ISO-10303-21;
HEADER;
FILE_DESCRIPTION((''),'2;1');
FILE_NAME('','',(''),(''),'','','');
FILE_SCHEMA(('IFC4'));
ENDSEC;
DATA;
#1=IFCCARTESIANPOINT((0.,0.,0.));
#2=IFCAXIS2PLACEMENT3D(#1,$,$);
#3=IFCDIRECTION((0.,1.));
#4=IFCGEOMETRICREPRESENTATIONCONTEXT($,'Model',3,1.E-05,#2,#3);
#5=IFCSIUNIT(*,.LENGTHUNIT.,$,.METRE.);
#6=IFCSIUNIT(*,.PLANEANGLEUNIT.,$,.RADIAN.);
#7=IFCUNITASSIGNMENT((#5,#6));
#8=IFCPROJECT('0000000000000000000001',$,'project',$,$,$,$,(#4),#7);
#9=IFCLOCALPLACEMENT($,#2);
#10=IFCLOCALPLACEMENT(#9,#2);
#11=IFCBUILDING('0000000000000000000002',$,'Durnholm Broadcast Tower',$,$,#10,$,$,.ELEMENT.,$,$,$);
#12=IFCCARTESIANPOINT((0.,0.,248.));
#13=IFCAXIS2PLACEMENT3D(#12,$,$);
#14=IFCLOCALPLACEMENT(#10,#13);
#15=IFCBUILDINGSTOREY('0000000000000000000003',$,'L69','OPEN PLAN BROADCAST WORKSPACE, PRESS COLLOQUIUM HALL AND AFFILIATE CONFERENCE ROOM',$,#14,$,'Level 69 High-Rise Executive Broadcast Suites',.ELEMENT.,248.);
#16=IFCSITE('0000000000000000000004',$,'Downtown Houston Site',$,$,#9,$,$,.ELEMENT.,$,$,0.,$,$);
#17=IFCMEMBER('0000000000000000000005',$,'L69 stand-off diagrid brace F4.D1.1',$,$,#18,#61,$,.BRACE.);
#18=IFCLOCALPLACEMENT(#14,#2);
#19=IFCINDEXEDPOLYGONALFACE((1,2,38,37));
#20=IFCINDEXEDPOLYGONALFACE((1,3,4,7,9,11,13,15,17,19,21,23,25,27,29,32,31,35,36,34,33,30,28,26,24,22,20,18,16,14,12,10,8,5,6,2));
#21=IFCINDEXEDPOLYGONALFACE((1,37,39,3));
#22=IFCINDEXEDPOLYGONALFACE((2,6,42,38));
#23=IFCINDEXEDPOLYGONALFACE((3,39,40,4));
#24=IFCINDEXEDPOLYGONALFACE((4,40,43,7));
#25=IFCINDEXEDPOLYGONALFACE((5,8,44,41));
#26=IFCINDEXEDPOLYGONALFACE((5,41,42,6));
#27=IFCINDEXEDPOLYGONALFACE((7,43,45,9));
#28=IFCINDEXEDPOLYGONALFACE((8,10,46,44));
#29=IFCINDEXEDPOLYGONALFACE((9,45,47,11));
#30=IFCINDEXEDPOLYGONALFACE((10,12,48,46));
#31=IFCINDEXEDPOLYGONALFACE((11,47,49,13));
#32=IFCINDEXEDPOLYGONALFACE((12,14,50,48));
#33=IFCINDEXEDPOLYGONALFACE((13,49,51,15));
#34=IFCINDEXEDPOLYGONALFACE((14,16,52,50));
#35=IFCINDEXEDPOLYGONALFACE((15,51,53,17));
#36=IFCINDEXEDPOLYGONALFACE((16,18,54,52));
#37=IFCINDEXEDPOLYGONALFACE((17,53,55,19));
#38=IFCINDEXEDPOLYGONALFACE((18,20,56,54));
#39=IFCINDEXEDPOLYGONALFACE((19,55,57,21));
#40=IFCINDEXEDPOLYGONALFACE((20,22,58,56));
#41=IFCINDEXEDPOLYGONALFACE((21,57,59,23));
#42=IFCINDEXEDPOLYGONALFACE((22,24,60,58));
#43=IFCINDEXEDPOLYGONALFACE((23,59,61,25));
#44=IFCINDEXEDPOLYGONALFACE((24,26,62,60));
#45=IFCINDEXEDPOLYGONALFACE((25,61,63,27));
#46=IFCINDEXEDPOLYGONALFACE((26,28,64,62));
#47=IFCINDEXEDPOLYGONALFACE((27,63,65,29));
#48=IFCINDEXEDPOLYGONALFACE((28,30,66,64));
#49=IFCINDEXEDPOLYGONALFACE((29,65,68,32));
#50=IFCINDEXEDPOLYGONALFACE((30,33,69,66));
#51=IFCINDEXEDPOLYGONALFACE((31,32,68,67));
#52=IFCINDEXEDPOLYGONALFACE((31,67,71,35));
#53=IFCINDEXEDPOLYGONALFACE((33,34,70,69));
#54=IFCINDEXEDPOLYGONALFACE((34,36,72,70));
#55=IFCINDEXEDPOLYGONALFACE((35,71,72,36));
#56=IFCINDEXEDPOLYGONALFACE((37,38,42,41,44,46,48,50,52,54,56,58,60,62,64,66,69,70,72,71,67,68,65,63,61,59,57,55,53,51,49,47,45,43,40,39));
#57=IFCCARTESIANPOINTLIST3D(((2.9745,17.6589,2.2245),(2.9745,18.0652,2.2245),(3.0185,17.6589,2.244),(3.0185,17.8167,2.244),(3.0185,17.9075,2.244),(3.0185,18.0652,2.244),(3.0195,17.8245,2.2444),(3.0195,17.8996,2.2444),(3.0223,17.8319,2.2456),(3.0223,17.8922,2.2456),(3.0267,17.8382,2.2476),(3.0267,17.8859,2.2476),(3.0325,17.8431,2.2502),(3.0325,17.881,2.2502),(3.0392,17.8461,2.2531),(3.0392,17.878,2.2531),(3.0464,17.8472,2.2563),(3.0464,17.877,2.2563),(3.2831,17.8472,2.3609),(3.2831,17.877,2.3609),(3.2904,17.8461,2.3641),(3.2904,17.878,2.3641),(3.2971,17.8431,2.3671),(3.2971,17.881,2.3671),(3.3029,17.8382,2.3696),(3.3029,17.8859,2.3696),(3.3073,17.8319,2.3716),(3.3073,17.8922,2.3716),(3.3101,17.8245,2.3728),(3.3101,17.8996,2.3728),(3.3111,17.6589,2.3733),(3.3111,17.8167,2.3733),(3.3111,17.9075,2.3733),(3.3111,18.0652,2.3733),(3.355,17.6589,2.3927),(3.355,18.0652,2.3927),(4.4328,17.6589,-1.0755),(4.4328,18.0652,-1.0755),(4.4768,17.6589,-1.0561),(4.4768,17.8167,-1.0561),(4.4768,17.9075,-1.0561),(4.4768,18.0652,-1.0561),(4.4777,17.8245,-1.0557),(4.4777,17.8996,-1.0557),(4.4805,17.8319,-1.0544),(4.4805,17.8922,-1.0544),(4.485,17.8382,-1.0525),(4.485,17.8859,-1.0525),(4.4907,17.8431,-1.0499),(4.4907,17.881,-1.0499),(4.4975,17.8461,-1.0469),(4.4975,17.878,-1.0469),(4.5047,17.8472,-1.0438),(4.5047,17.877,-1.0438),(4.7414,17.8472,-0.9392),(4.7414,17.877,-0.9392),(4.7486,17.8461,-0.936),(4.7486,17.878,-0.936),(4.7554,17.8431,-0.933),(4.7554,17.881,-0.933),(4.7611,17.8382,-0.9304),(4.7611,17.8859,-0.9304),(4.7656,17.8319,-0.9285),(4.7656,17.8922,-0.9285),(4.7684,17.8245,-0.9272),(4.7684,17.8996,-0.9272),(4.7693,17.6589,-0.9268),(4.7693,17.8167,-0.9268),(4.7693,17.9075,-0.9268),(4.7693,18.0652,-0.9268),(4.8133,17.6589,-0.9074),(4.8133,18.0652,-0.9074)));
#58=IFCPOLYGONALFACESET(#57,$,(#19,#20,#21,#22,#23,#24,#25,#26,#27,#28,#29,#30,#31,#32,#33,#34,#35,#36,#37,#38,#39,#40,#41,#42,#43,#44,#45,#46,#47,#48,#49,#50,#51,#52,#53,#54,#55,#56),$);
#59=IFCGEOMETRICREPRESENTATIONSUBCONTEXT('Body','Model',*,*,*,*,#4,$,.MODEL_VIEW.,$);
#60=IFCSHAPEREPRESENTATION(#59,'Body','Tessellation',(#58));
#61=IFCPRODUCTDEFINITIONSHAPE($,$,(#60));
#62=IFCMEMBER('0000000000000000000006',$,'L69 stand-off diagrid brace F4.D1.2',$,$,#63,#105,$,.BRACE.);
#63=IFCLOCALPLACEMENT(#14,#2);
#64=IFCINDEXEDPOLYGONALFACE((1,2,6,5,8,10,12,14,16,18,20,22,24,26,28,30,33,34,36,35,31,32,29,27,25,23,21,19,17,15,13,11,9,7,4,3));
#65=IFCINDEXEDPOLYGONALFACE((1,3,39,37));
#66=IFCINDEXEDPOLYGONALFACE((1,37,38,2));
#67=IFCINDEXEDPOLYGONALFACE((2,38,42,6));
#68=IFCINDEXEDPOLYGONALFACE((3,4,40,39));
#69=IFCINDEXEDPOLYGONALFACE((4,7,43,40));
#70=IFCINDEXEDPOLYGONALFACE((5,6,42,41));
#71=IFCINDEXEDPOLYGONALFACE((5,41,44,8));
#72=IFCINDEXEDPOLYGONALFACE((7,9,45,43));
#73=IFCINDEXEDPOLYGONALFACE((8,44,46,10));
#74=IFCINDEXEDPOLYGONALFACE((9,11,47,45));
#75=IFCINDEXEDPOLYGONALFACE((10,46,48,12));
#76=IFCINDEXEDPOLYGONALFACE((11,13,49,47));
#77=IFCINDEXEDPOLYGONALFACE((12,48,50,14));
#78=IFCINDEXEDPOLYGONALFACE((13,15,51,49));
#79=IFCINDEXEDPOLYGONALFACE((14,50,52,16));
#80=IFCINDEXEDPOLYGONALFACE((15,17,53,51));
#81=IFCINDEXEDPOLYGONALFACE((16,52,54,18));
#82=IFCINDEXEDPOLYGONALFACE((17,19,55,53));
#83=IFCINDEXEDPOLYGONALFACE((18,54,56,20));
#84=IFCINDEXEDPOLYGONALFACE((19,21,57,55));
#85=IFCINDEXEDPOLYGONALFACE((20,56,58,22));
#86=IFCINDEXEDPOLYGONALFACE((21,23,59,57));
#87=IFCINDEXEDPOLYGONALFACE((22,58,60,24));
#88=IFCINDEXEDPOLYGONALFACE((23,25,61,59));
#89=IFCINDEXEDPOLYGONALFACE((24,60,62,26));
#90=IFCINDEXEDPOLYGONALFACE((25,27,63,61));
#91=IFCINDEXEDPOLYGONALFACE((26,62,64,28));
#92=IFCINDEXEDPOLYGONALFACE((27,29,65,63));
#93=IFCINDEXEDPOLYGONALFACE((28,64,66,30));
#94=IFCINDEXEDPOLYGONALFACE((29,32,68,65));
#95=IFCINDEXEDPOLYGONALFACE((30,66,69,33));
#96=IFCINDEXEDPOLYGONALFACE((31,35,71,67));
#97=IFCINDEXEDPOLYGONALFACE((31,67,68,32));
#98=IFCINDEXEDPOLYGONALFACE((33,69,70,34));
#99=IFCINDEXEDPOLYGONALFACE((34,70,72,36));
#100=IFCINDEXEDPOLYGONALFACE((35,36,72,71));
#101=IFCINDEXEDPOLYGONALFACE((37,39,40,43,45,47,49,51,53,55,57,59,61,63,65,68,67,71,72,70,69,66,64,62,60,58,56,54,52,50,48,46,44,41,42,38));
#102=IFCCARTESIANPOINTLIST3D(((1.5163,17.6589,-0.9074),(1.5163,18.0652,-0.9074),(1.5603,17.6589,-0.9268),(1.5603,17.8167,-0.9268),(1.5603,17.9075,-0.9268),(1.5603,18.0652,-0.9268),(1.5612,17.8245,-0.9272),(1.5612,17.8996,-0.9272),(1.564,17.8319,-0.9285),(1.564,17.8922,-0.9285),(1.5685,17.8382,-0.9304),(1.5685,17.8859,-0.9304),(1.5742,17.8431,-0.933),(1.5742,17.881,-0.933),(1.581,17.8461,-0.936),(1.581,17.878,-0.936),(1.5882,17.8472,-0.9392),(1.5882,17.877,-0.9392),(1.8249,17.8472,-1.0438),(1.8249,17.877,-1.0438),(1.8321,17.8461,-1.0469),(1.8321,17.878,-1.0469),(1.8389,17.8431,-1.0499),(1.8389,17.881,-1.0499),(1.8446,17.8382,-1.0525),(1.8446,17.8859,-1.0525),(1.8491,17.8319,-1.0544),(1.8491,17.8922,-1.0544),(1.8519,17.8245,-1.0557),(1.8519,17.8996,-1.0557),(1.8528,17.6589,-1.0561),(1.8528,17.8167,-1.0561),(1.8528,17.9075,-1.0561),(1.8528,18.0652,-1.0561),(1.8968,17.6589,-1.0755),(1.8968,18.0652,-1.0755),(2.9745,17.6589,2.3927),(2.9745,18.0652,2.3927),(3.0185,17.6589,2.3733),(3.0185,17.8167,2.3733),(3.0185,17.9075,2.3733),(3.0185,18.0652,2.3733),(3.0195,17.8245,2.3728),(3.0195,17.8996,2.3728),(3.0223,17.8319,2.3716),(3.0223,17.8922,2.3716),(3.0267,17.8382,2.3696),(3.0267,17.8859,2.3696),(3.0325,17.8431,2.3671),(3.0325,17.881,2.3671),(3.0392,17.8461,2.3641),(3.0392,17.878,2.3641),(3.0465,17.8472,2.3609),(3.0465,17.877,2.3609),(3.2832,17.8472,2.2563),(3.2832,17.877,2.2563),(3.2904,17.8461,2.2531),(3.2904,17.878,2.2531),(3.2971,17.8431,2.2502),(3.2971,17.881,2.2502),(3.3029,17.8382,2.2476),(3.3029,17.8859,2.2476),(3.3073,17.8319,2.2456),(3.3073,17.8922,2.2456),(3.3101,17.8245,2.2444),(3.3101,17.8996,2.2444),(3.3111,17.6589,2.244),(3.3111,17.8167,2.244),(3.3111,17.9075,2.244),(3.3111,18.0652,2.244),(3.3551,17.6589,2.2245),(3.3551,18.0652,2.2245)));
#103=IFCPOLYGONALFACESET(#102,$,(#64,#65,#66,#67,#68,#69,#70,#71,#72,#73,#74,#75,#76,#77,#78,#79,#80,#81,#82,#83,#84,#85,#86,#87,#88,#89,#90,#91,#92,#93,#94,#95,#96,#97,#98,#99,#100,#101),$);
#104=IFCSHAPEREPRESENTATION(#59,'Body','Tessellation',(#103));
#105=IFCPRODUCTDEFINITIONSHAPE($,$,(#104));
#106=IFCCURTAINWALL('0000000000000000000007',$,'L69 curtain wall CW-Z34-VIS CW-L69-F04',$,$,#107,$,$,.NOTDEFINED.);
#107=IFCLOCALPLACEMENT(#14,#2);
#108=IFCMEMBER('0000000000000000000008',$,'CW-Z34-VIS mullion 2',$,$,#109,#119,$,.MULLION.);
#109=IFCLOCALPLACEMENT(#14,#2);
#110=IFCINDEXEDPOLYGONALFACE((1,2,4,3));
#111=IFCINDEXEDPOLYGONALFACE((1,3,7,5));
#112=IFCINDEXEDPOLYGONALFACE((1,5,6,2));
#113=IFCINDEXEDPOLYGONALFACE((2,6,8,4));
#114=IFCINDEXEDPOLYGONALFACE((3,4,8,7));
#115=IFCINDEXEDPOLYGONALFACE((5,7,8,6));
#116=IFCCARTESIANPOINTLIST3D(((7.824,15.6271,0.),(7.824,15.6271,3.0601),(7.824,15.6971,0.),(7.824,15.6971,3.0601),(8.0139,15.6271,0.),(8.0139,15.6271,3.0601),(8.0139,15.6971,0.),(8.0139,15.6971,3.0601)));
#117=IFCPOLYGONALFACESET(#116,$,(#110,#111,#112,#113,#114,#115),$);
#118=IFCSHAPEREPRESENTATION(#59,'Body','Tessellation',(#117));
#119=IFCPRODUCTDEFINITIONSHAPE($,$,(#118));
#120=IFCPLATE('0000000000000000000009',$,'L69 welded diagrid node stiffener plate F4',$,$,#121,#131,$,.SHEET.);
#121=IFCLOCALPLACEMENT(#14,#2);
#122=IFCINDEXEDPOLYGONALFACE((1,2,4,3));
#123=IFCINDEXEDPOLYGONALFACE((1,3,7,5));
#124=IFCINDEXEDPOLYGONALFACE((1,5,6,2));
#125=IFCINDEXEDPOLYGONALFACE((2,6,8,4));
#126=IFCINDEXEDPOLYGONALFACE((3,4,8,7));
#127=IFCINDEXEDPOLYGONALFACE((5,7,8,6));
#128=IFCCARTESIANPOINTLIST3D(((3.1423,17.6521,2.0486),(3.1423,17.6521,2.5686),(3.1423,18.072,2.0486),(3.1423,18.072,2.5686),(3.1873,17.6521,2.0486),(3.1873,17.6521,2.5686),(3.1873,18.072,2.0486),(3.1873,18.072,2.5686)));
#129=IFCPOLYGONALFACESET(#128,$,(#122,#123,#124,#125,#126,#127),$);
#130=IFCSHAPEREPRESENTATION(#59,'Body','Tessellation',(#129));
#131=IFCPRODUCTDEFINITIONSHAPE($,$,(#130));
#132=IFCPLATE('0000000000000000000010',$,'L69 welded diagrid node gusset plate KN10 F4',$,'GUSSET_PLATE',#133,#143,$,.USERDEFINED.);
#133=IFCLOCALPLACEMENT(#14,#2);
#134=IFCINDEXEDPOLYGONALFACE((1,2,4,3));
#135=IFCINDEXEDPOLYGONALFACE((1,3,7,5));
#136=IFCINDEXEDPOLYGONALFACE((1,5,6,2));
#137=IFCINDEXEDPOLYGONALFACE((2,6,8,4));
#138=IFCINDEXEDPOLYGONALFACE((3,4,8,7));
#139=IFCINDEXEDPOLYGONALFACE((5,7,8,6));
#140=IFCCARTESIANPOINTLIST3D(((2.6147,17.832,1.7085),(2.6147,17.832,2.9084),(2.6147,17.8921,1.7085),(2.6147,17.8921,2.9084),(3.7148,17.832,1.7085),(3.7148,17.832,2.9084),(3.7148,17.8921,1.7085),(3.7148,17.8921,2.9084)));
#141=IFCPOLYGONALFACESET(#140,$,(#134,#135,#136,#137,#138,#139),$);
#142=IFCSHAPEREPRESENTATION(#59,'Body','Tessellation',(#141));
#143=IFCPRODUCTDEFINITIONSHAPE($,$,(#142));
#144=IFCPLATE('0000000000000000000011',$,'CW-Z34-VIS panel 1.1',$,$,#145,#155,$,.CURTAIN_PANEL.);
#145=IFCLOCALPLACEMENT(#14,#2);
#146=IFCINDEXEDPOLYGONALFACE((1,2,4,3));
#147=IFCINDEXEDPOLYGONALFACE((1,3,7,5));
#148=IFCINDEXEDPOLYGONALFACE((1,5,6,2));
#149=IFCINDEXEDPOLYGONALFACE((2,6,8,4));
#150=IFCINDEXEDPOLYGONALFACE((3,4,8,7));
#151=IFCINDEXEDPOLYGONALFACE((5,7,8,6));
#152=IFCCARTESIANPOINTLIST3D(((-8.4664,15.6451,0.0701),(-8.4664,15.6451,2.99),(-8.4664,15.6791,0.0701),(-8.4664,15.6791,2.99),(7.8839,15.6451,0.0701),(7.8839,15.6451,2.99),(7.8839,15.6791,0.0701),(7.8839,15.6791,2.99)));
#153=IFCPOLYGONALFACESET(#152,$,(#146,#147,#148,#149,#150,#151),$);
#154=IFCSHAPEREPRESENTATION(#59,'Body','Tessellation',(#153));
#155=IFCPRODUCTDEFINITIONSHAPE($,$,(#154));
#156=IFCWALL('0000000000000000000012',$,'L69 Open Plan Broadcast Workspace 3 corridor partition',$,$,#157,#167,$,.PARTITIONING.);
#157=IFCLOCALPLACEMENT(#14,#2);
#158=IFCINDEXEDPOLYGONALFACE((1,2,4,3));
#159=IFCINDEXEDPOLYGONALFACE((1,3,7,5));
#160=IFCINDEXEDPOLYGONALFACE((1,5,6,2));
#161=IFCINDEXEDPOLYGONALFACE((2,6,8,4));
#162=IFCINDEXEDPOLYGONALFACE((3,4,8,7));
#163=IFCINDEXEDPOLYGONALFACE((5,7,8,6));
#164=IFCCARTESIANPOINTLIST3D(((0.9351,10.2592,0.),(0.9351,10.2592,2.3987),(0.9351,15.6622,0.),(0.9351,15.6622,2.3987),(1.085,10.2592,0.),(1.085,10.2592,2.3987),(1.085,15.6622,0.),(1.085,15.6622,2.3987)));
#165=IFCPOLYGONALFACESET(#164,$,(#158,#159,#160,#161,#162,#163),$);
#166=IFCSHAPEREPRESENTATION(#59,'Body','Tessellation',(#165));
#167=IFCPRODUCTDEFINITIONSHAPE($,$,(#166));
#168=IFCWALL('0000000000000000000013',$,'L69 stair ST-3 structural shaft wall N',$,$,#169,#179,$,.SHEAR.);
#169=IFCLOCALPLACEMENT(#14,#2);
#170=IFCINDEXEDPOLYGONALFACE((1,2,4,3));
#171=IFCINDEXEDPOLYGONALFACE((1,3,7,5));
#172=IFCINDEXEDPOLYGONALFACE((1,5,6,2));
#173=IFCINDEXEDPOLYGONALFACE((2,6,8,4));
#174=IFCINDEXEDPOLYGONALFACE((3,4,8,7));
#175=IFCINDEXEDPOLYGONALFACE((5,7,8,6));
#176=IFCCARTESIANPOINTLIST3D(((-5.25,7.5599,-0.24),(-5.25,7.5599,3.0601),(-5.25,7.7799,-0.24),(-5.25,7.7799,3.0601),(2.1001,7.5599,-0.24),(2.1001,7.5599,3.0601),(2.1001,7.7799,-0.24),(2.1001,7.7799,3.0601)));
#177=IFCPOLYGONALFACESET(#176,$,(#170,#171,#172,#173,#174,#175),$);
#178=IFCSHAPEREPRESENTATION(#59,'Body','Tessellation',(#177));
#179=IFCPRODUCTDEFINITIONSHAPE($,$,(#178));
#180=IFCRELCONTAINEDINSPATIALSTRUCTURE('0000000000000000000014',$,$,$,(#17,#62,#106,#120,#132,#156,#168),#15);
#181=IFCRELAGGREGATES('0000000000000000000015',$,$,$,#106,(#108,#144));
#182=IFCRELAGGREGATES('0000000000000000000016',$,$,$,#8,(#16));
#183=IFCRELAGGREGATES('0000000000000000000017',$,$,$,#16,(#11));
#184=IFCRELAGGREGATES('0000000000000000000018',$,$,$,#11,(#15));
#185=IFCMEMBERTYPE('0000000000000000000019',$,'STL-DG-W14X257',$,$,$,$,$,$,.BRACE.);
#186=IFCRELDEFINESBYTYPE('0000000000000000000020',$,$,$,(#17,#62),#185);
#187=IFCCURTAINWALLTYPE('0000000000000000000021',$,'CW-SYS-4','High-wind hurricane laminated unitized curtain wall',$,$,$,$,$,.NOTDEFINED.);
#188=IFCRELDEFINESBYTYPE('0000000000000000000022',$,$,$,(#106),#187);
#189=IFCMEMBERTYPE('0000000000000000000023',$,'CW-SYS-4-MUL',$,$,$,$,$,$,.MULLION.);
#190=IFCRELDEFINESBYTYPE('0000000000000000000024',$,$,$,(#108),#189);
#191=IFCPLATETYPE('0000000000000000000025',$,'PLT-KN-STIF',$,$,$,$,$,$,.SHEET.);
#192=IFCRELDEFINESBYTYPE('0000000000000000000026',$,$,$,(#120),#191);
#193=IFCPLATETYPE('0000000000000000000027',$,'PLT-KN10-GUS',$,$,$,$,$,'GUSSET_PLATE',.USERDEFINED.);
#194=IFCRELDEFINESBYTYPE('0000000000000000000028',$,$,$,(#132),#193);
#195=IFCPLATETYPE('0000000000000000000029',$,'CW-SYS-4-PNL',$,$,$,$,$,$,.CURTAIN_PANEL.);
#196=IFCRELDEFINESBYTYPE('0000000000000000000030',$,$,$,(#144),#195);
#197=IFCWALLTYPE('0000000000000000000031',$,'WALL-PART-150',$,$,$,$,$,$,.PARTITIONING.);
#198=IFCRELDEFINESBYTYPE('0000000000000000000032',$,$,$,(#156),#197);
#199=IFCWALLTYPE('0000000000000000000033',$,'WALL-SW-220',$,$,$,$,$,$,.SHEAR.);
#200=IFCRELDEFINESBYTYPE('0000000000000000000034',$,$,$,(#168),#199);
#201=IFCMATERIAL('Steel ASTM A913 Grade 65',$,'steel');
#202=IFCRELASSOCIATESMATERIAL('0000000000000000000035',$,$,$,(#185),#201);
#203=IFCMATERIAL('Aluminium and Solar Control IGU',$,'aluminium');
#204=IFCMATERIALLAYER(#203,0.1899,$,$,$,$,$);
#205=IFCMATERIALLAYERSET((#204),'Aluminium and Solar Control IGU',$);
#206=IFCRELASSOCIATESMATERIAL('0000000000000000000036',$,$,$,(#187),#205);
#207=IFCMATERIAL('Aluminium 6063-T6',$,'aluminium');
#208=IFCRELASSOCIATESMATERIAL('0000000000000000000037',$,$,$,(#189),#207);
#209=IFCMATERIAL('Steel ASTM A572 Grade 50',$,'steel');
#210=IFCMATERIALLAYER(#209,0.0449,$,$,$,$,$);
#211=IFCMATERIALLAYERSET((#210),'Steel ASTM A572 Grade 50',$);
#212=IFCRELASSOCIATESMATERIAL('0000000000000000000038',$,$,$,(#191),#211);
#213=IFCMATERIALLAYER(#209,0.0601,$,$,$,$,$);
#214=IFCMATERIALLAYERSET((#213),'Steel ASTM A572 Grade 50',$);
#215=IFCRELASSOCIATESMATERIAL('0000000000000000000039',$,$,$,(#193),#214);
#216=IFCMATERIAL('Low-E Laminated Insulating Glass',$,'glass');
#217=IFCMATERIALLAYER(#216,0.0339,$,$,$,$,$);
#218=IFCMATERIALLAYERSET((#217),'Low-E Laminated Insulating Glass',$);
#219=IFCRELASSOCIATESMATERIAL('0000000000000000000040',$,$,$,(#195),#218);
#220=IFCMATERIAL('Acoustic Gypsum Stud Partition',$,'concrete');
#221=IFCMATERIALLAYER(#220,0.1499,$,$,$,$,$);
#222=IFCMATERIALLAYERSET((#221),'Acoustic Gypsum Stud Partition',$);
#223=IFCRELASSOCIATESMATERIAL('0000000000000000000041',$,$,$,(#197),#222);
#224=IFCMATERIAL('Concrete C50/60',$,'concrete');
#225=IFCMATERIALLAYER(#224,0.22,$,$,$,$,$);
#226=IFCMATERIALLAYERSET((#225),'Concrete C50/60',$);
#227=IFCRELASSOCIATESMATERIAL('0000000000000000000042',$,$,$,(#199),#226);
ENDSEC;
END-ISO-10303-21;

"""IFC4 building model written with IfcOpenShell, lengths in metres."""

from ifc_helpers import new_model, si_unit, direction, frame, frame_2d, origin, origin_2d, place, context, subcontext, project, spatial, rectangle, i_section, extrude, source, transform, mapped, material, layer, layer_set, material_profile, profile_set, type_object, type_shapes, element, aggregate, save


model = new_model("IFC4")

# Units and contexts
model_context = context("Model", 3, precision=1e-05, world=origin(), true_north=direction((0.0, 1.0)))
body_context = subcontext(model_context, "Body", "Model", "MODEL_VIEW")
ifc_project = project(units=[si_unit("LENGTHUNIT", "METRE"), si_unit("PLANEANGLEUNIT", "RADIAN")], contexts=[model_context])

# Site, building, storey
site_placement = place(None, origin())
site = spatial("IfcSite", under=ifc_project, at=site_placement, Name="Downtown Houston Site", CompositionType="ELEMENT", RefElevation=0.0)
building_placement = place(site_placement, origin())
building = spatial("IfcBuilding", under=site, at=building_placement, Name="Durnholm Broadcast Tower", CompositionType="ELEMENT")
storey_placement = place(building_placement, frame((0.0, 0.0, 248.0)))
storey = spatial("IfcBuildingStorey", under=building, at=storey_placement, Name="L69", Description="OPEN PLAN BROADCAST WORKSPACE, PRESS COLLOQUIUM HALL AND AFFILIATE CONFERENCE ROOM", LongName="Level 69 High-Rise Executive Broadcast Suites", CompositionType="ELEMENT", Elevation=248.0)

# Members
ifc_material_1 = material(Name="Steel ASTM A913 Grade 65", Category="steel")
ifc_material_profile_1 = material_profile(ifc_material_1, i_section(OverallWidth=0.4062, OverallDepth=0.416, WebThickness=0.0298, FlangeThickness=0.0481, FilletRadius=0.0305, at=origin_2d()), Name="W14X257")
ifc_profile_set_1 = profile_set([ifc_material_profile_1], Name="Steel ASTM A913 Grade 65")
member_type_1 = type_object("IfcMemberType", Name="STL-DG-W14X257", PredefinedType="BRACE", material=ifc_profile_set_1)
shared_shape_1 = source(origin(), body_context, "Body", "SweptSolid", [
    extrude(i_section(OverallWidth=0.4062, OverallDepth=0.416, WebThickness=0.0298, FlangeThickness=0.0481, FilletRadius=0.0305, at=origin_2d()), origin(), (0.0, 0.0, 1.0), 3.6079),
])
type_shapes(member_type_1, [shared_shape_1])
for number, where, z_axis, x_axis, name in (
    (1, (4.623, 17.8621, -0.9915), (-0.404185, 0.0, 0.914677), (0.0, -1.0, 0.0), "L69 stand-off diagrid brace F4.D1.1"),
    (2, (1.7065, 17.8621, -0.9915), (0.404185, 0.0, 0.914677), (0.0, 1.0, 0.0), "L69 stand-off diagrid brace F4.D1.2"),
):
    element("IfcMember", number, at=place(storey_placement, frame(where, z_axis=z_axis, x_axis=x_axis)), inside=storey, type_object=member_type_1, Name=name, PredefinedType="BRACE", context=body_context, shape_type="MappedRepresentation", body=[
        mapped(shared_shape_1, transform((0.0, 0.0, 0.0), x_axis=(1.0, 0.0, 0.0), y_axis=(0.0, 1.0, 0.0), z_axis=(0.0, 0.0, 1.0), scale=1.0)),
    ])

# Curtain wall, member
ifc_material_2 = material(Name="Aluminium and Solar Control IGU", Category="aluminium")
ifc_layer_1 = layer(ifc_material_2, 0.1899)
ifc_layer_set_1 = layer_set([ifc_layer_1], Name="Aluminium and Solar Control IGU")
curtain_wall_type = type_object("IfcCurtainWallType", Name="CW-SYS-4", Description="High-wind hurricane laminated unitized curtain wall", PredefinedType="NOTDEFINED", material=ifc_layer_set_1)
curtain_wall_placement = place(storey_placement, origin())
curtain_wall = element("IfcCurtainWall", 3, at=curtain_wall_placement, inside=storey, type_object=curtain_wall_type, Name="L69 curtain wall CW-Z34-VIS CW-L69-F04", PredefinedType="NOTDEFINED")
ifc_material_3 = material(Name="Aluminium 6063-T6", Category="aluminium")
ifc_material_profile_2 = material_profile(ifc_material_3, rectangle(XDim=0.0701, YDim=0.1899, at=origin_2d()), Name="CWM70X190")
ifc_profile_set_2 = profile_set([ifc_material_profile_2], Name="Aluminium 6063-T6")
member_type_2 = type_object("IfcMemberType", Name="CW-SYS-4-MUL", PredefinedType="MULLION", material=ifc_profile_set_2)
shared_shape_2 = source(origin(), body_context, "Body", "SweptSolid", [
    extrude(rectangle(XDim=0.0701, YDim=0.1899, at=origin_2d()), origin(), (0.0, 0.0, 1.0), 3.0601),
])
type_shapes(member_type_2, [shared_shape_2])
member_placement = place(storey_placement, frame((7.9189, 15.6621, 0.0), z_axis=(0.0, 0.0, 1.0), x_axis=(0.0, 1.0, 0.0)))
member = element("IfcMember", 4, at=member_placement, type_object=member_type_2, Name="CW-Z34-VIS mullion 2", PredefinedType="MULLION", context=body_context, shape_type="MappedRepresentation", body=[
    mapped(shared_shape_2, transform((0.0, 0.0, 0.0), x_axis=(1.0, 0.0, 0.0), y_axis=(0.0, 1.0, 0.0), z_axis=(0.0, 0.0, 1.0), scale=1.0)),
])

# Plates
ifc_material_4 = material(Name="Steel ASTM A572 Grade 50", Category="steel")
ifc_layer_2 = layer(ifc_material_4, 0.0449)
ifc_layer_set_2 = layer_set([ifc_layer_2], Name="Steel ASTM A572 Grade 50")
plate_type_1 = type_object("IfcPlateType", Name="PLT-KN-STIF", PredefinedType="SHEET", material=ifc_layer_set_2)
shared_shape_3 = source(origin(), body_context, "Body", "SweptSolid", [
    extrude(rectangle(XDim=0.0449, YDim=0.4199, at=origin_2d()), origin(), (0.0, 0.0, 1.0), 0.52),
])
type_shapes(plate_type_1, [shared_shape_3])
plate_1_placement = place(storey_placement, frame((3.1648, 17.8621, 2.0486), z_axis=(0.0, 0.0, 1.0), x_axis=(-1.0, 0.0, 0.0)))
element("IfcPlate", 5, at=plate_1_placement, inside=storey, type_object=plate_type_1, Name="L69 welded diagrid node stiffener plate F4", PredefinedType="SHEET", context=body_context, shape_type="MappedRepresentation", body=[
    mapped(shared_shape_3, transform((0.0, 0.0, 0.0), x_axis=(1.0, 0.0, 0.0), y_axis=(0.0, 1.0, 0.0), z_axis=(0.0, 0.0, 1.0), scale=1.0)),
])
ifc_layer_3 = layer(ifc_material_4, 0.0601)
ifc_layer_set_3 = layer_set([ifc_layer_3], Name="Steel ASTM A572 Grade 50")
plate_type_2 = type_object("IfcPlateType", Name="PLT-KN10-GUS", ElementType="GUSSET_PLATE", PredefinedType="USERDEFINED", material=ifc_layer_set_3)
shared_shape_4 = source(origin(), body_context, "Body", "SweptSolid", [
    extrude(rectangle(XDim=1.1001, YDim=0.0601, at=origin_2d()), origin(), (0.0, 0.0, 1.0), 1.2),
])
type_shapes(plate_type_2, [shared_shape_4])
plate_2_placement = place(storey_placement, frame((3.1648, 17.8621, 1.7085), z_axis=(0.0, 0.0, 1.0), x_axis=(-1.0, 0.0, 0.0)))
element("IfcPlate", 6, at=plate_2_placement, inside=storey, type_object=plate_type_2, Name="L69 welded diagrid node gusset plate KN10 F4", ObjectType="GUSSET_PLATE", PredefinedType="USERDEFINED", context=body_context, shape_type="MappedRepresentation", body=[
    mapped(shared_shape_4, transform((0.0, 0.0, 0.0), x_axis=(1.0, 0.0, 0.0), y_axis=(0.0, 1.0, 0.0), z_axis=(0.0, 0.0, 1.0), scale=1.0)),
])

# Plate
ifc_material_5 = material(Name="Low-E Laminated Insulating Glass", Category="glass")
ifc_layer_4 = layer(ifc_material_5, 0.0339)
ifc_layer_set_4 = layer_set([ifc_layer_4], Name="Low-E Laminated Insulating Glass")
plate_type_3 = type_object("IfcPlateType", Name="CW-SYS-4-PNL", PredefinedType="CURTAIN_PANEL", material=ifc_layer_set_4)
shared_shape_5 = source(origin(), body_context, "Body", "SweptSolid", [
    extrude(rectangle(XDim=16.3503, YDim=0.0339, at=origin_2d()), origin(), (0.0, 0.0, 1.0), 2.9199),
])
type_shapes(plate_type_3, [shared_shape_5])
plate_3_placement = place(storey_placement, frame((-0.2913, 15.6621, 0.0701), z_axis=(0.0, 0.0, 1.0), x_axis=(1.0, 0.0, 0.0)))
plate_3 = element("IfcPlate", 7, at=plate_3_placement, type_object=plate_type_3, Name="CW-Z34-VIS panel 1.1", PredefinedType="CURTAIN_PANEL", context=body_context, shape_type="MappedRepresentation", body=[
    mapped(shared_shape_5, transform((0.0, 0.0, 0.0), x_axis=(1.0, 0.0, 0.0), y_axis=(0.0, 1.0, 0.0), z_axis=(0.0, 0.0, 1.0), scale=1.0)),
])
aggregate(curtain_wall, [member, plate_3])

# Walls
ifc_material_6 = material(Name="Acoustic Gypsum Stud Partition", Category="concrete")
ifc_layer_5 = layer(ifc_material_6, 0.1499)
ifc_layer_set_5 = layer_set([ifc_layer_5], Name="Acoustic Gypsum Stud Partition")
wall_type_1 = type_object("IfcWallType", Name="WALL-PART-150", PredefinedType="PARTITIONING", material=ifc_layer_set_5)
wall_1_placement = place(storey_placement, frame((1.01, 10.259, 0.0), z_axis=(0.0, 0.0, 1.0), x_axis=(0.0, 1.0, 0.0)))
element("IfcWall", 8, at=wall_1_placement, inside=storey, type_object=wall_type_1, Name="L69 Open Plan Broadcast Workspace 3 corridor partition", PredefinedType="PARTITIONING", context=body_context, shape_type="SweptSolid", body=[
    extrude(rectangle(XDim=5.4031, YDim=0.1499, at=frame_2d((2.7017, 0.0))), origin(), (0.0, 0.0, 1.0), 2.3987),
])
ifc_material_7 = material(Name="Concrete C50/60", Category="concrete")
ifc_layer_6 = layer(ifc_material_7, 0.22)
ifc_layer_set_6 = layer_set([ifc_layer_6], Name="Concrete C50/60")
wall_type_2 = type_object("IfcWallType", Name="WALL-SW-220", PredefinedType="SHEAR", material=ifc_layer_set_6)
wall_2_placement = place(storey_placement, frame((2.1001, 7.6699, -0.24), z_axis=(0.0, 0.0, 1.0), x_axis=(-1.0, 0.0, 0.0)))
element("IfcWall", 9, at=wall_2_placement, inside=storey, type_object=wall_type_2, Name="L69 stair ST-3 structural shaft wall N", PredefinedType="SHEAR", context=body_context, shape_type="SweptSolid", body=[
    extrude(rectangle(XDim=7.3501, YDim=0.22, at=frame_2d((3.675, 0.0))), origin(), (0.0, 0.0, 1.0), 3.3),
])

save(model, "model.ifc")
